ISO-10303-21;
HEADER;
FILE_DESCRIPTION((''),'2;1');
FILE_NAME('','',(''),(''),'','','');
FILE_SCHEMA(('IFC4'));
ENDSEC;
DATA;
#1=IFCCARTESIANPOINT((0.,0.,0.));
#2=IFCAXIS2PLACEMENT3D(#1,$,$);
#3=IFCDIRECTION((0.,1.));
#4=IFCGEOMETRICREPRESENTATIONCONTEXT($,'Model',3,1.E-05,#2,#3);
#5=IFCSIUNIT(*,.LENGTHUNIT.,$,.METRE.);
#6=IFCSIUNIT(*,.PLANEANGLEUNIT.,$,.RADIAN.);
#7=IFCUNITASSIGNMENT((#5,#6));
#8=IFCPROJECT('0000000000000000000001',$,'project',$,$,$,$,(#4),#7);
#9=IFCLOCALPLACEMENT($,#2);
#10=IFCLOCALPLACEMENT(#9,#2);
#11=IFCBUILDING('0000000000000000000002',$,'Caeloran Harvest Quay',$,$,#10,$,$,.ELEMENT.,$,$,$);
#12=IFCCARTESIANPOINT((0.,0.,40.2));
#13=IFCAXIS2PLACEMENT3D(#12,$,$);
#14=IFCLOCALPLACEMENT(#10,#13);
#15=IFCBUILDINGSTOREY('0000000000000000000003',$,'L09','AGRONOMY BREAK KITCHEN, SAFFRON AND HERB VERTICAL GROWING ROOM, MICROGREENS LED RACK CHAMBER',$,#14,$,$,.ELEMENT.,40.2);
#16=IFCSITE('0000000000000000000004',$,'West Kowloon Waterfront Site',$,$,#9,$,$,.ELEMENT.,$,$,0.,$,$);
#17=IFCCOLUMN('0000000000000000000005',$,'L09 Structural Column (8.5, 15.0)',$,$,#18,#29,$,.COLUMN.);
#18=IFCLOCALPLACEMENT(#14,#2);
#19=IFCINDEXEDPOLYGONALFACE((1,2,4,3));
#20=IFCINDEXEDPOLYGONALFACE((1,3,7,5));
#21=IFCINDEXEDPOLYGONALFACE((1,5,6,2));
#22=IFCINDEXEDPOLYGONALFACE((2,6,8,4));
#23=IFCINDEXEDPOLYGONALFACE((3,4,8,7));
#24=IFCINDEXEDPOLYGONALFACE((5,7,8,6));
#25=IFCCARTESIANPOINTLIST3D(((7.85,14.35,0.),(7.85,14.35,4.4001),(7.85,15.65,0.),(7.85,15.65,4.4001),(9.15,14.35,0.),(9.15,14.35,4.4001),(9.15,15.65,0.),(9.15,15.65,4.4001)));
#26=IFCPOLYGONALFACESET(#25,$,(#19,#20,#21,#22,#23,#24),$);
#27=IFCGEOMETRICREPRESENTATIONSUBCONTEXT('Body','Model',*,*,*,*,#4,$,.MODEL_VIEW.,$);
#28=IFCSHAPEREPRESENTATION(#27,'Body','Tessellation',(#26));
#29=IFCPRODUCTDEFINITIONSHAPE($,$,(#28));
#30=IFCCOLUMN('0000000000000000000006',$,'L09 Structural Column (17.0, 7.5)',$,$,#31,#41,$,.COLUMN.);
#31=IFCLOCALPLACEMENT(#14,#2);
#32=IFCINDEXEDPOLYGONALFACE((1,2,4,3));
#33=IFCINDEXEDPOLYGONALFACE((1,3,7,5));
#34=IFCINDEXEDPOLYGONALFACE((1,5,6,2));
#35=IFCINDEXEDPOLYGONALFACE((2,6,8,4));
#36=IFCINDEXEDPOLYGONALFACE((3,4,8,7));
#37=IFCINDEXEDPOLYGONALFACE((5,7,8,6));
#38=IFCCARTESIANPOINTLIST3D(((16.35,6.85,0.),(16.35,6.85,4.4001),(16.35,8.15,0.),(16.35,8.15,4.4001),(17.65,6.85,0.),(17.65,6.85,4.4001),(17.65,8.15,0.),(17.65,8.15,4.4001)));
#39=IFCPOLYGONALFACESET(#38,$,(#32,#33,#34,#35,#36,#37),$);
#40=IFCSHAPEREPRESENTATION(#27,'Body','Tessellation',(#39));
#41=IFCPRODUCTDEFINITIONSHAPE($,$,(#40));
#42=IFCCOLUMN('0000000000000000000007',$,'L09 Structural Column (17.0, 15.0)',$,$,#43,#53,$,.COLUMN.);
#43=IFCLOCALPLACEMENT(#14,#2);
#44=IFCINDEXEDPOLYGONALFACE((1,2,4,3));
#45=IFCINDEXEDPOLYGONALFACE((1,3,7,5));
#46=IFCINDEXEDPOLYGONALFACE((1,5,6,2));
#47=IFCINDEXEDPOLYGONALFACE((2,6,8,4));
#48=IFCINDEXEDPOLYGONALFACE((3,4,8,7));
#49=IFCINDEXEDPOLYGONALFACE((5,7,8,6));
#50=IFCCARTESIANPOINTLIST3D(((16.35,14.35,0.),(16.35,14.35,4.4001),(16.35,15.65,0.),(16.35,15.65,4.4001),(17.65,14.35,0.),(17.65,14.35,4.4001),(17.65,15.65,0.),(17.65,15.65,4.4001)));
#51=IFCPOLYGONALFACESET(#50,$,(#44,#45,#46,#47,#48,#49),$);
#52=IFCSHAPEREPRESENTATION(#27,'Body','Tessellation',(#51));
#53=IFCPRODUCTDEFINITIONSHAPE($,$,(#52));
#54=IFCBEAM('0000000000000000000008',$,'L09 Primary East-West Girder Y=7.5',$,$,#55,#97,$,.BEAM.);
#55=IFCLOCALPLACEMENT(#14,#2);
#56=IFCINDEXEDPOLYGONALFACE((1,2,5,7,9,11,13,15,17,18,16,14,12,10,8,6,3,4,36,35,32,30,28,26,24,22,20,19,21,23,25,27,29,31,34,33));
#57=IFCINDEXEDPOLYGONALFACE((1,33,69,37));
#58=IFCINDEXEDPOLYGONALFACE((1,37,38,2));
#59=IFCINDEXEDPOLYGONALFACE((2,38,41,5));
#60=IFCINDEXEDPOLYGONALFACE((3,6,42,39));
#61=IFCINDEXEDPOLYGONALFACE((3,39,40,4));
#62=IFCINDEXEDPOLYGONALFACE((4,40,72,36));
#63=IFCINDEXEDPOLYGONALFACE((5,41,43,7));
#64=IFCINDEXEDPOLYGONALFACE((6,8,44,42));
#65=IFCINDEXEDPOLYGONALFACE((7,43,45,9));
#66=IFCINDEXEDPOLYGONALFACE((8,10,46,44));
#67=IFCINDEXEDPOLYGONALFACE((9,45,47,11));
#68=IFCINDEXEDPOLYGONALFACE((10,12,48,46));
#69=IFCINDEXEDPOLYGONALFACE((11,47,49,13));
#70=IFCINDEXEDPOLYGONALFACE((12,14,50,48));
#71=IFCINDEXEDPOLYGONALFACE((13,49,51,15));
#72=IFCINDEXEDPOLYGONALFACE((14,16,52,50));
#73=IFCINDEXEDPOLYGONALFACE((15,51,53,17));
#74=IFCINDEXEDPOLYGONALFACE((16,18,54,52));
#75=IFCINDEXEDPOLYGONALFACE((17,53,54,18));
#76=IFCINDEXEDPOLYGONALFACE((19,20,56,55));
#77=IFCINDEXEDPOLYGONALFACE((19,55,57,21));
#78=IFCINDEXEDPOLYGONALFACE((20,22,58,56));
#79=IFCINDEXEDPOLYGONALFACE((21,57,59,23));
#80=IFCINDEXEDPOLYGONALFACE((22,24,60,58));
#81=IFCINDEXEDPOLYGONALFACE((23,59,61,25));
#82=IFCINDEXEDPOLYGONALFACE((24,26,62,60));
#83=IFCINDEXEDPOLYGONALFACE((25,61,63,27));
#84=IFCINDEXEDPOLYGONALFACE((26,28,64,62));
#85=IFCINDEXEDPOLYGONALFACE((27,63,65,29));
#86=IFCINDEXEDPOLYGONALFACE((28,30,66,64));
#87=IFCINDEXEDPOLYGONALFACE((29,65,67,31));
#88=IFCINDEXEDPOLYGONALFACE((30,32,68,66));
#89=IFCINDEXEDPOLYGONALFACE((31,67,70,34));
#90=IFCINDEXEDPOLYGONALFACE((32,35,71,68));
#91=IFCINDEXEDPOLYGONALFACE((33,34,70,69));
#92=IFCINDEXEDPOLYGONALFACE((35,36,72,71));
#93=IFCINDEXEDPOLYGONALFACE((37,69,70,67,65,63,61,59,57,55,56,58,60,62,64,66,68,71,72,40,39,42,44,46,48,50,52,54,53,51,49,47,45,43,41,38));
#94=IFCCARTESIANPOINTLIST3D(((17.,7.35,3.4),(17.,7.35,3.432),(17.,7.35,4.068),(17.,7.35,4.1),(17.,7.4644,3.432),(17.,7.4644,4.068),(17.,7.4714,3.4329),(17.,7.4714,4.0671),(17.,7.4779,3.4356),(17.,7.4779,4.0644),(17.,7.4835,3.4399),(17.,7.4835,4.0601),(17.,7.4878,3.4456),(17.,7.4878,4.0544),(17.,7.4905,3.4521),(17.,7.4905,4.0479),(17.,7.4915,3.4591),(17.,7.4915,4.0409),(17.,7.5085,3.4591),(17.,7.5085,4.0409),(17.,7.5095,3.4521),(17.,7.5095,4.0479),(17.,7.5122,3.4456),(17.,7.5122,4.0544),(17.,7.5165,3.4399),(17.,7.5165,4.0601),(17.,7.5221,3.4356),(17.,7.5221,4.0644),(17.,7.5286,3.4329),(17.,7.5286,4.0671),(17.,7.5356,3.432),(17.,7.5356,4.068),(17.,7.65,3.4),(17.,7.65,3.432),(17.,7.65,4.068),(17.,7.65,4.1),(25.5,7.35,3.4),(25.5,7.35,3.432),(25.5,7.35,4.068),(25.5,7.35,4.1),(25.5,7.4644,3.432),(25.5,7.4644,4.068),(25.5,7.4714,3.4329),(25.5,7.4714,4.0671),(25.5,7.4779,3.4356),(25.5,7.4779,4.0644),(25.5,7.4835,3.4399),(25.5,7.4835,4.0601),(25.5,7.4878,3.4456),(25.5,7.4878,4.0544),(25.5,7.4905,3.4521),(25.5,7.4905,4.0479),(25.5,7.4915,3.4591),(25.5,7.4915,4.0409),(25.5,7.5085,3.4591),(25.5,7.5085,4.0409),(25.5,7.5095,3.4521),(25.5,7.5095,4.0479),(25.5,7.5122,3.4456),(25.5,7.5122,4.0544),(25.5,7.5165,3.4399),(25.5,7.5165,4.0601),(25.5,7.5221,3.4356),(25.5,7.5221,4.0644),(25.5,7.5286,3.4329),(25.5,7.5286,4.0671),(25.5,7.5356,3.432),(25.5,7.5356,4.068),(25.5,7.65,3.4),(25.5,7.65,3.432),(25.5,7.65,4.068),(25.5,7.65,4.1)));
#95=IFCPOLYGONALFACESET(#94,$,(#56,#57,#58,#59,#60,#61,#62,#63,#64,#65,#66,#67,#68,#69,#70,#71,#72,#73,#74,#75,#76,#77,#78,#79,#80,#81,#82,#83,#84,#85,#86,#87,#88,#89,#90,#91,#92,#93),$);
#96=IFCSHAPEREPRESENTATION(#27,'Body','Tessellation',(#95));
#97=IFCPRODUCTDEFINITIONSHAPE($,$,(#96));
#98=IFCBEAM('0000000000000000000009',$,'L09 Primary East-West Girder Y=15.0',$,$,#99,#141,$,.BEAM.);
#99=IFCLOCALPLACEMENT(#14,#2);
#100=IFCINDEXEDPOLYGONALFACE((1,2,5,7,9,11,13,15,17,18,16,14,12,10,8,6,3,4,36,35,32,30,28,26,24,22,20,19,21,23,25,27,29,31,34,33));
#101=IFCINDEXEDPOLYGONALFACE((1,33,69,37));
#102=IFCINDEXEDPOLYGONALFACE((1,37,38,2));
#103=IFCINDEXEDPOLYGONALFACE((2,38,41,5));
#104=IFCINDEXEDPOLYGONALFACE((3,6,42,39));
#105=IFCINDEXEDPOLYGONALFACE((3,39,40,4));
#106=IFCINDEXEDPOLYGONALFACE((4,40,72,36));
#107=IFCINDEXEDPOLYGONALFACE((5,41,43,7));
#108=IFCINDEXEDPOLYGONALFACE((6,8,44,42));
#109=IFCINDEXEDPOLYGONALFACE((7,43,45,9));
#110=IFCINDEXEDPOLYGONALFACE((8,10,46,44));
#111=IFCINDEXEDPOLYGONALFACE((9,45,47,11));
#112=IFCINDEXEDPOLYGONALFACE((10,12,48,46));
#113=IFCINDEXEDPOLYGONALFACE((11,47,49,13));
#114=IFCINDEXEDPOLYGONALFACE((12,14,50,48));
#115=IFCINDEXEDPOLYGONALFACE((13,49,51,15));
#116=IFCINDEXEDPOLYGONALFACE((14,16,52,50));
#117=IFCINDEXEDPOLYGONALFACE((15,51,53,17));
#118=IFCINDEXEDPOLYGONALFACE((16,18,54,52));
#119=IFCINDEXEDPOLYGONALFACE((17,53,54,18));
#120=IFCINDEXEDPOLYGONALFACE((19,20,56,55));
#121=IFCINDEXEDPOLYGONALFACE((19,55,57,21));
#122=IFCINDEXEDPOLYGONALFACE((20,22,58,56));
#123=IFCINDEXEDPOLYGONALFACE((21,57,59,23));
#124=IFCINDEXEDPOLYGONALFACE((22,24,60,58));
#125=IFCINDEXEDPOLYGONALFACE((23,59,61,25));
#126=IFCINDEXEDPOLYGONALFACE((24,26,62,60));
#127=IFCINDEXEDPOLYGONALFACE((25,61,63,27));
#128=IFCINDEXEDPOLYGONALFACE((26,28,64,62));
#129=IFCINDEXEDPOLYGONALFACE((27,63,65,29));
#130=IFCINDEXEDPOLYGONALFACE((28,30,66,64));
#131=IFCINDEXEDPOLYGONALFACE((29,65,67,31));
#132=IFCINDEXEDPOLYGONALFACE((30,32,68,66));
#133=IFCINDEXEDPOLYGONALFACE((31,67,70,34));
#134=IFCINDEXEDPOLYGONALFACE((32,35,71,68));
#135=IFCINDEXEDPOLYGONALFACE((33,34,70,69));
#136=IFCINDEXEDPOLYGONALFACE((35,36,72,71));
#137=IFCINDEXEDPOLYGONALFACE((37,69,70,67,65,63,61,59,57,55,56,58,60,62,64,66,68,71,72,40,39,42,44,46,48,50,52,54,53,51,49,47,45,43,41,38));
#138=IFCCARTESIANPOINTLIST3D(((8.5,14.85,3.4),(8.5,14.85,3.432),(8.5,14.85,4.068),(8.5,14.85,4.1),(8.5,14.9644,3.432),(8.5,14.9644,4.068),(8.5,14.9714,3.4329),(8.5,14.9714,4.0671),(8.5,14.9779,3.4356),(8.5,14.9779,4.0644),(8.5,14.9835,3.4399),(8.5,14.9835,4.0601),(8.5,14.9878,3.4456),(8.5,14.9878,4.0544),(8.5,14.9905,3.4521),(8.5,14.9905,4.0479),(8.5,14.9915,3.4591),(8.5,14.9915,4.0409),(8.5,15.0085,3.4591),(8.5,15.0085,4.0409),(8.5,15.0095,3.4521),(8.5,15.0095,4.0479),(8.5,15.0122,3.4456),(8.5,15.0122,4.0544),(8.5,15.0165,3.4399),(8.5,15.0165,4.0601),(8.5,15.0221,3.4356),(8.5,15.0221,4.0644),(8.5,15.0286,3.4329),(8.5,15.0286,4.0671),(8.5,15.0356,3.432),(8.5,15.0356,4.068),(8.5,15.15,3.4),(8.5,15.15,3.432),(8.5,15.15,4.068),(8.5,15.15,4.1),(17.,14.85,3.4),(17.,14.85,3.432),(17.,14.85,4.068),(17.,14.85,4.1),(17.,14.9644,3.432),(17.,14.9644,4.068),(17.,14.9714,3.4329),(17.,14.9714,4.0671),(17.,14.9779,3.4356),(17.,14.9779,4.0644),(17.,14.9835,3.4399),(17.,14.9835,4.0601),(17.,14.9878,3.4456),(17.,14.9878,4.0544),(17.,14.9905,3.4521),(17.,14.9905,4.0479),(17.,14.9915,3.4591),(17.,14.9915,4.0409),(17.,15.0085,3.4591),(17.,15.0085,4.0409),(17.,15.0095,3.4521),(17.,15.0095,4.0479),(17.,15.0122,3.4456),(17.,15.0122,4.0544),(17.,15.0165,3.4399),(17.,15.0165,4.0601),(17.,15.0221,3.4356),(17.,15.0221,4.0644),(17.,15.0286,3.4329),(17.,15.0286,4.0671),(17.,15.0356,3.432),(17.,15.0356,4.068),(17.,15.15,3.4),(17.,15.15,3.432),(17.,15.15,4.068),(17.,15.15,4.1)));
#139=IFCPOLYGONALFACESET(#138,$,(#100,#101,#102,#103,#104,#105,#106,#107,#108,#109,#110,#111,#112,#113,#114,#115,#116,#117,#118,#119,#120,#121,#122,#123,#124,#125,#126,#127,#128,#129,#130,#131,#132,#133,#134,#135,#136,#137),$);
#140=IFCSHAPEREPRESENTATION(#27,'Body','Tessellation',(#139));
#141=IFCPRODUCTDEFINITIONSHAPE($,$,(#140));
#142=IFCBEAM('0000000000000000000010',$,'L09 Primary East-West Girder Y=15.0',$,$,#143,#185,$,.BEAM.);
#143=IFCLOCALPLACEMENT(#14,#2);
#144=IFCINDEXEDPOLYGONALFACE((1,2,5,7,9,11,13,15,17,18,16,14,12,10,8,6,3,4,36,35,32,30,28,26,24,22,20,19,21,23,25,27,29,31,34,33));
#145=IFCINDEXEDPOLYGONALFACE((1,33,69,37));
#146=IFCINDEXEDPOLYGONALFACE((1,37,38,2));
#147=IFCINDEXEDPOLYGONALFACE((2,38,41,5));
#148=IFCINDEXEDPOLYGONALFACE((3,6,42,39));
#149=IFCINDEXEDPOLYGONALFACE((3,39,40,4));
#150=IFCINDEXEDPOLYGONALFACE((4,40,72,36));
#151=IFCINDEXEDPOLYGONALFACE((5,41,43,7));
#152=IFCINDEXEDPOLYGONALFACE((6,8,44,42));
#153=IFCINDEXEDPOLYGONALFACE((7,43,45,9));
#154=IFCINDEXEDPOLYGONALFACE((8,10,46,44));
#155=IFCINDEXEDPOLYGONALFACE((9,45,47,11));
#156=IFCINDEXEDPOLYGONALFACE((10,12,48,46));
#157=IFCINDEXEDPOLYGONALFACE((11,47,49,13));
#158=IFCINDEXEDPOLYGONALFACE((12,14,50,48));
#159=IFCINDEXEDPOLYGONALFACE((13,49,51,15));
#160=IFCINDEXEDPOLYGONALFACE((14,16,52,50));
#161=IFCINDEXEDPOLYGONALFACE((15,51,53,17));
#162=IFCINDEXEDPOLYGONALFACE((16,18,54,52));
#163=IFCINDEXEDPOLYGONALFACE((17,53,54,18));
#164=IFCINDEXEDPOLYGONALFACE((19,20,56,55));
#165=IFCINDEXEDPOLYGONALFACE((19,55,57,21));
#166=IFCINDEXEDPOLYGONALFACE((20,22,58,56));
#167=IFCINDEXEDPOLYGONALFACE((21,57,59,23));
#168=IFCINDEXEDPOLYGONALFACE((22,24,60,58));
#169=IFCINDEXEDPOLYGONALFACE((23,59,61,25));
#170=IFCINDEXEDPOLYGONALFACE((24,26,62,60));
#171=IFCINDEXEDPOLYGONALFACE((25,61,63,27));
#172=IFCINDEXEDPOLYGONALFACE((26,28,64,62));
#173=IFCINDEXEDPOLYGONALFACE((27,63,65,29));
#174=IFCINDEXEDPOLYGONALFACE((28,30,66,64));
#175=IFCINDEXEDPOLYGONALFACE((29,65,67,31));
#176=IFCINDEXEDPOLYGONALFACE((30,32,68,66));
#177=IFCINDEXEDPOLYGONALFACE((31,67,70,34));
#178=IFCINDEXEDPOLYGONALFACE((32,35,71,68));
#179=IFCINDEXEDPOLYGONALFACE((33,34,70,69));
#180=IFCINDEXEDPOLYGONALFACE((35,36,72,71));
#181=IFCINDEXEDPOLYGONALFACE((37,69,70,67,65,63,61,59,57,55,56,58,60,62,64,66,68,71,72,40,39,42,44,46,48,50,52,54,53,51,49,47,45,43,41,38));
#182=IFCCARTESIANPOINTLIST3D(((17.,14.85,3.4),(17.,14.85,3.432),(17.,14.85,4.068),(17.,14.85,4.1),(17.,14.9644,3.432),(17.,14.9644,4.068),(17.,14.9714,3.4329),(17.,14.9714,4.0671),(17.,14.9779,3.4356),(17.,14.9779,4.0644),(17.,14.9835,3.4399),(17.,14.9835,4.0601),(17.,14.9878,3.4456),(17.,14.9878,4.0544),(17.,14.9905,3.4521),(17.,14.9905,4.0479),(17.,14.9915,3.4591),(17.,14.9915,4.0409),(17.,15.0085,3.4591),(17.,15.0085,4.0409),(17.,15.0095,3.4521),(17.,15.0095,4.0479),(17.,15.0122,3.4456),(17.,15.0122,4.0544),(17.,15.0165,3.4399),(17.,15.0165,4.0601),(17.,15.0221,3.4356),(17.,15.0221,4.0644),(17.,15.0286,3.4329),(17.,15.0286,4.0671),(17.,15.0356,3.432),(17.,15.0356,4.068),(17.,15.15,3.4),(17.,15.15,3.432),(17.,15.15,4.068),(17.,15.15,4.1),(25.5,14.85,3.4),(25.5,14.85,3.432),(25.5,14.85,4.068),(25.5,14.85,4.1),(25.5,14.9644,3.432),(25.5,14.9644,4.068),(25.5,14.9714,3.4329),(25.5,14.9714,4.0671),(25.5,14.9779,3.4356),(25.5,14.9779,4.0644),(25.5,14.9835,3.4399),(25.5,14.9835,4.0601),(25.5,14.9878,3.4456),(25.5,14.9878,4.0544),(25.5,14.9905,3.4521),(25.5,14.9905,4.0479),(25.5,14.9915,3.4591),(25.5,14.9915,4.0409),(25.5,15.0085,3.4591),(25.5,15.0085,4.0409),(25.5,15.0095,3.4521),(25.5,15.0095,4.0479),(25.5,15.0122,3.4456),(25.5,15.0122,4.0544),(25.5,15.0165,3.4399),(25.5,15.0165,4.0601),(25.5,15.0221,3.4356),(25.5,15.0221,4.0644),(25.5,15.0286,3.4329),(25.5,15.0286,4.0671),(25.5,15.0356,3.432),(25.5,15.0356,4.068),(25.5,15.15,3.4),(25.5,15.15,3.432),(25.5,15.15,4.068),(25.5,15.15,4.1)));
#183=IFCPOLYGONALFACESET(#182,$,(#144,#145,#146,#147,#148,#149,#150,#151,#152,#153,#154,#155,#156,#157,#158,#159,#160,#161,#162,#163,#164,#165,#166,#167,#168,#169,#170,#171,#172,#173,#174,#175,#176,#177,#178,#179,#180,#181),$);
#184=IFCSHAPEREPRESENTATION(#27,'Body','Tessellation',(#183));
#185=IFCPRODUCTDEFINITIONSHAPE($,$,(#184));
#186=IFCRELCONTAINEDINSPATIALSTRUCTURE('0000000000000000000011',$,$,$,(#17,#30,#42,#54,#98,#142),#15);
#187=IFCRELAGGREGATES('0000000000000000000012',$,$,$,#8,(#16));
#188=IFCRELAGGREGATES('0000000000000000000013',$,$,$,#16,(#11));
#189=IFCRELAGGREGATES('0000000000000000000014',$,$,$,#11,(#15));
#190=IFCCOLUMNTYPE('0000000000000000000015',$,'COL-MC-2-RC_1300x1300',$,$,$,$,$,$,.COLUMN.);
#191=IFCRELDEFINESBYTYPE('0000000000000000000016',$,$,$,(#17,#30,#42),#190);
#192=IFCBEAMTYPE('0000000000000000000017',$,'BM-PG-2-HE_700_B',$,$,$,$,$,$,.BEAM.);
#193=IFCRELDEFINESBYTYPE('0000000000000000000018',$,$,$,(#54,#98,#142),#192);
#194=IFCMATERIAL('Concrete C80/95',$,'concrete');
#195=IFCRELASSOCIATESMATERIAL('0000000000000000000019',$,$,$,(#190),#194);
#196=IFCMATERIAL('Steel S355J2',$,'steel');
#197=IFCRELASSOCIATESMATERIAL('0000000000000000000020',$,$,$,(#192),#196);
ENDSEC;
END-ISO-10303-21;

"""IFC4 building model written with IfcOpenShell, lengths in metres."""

from ifc_helpers import new_model, si_unit, direction, frame, origin, origin_2d, place, context, subcontext, project, spatial, rectangle, i_section, extrude, material, material_profile, profile_set, type_object, element, save


model = new_model("IFC4")

# Units and contexts
model_context = context("Model", 3, precision=1e-05, world=origin(), true_north=direction((0.0, 1.0)))
body_context = subcontext(model_context, "Body", "Model", "MODEL_VIEW")
ifc_project = project(units=[si_unit("LENGTHUNIT", "METRE"), si_unit("PLANEANGLEUNIT", "RADIAN")], contexts=[model_context])

# Site, building, storey
site_placement = place(None, origin())
site = spatial("IfcSite", under=ifc_project, at=site_placement, Name="West Kowloon Waterfront Site", CompositionType="ELEMENT", RefElevation=0.0)
building_placement = place(site_placement, origin())
building = spatial("IfcBuilding", under=site, at=building_placement, Name="Caeloran Harvest Quay", CompositionType="ELEMENT")
storey_placement = place(building_placement, frame((0.0, 0.0, 40.2)))
storey = spatial("IfcBuildingStorey", under=building, at=storey_placement, Name="L09", Description="AGRONOMY BREAK KITCHEN, SAFFRON AND HERB VERTICAL GROWING ROOM, MICROGREENS LED RACK CHAMBER", CompositionType="ELEMENT", Elevation=40.2)

# Columns
ifc_material_1 = material(Name="Concrete C80/95", Category="concrete")
ifc_material_profile_1 = material_profile(ifc_material_1, rectangle(XDim=1.3, YDim=1.3, at=origin_2d()), Name="RC 1300x1300")
ifc_profile_set_1 = profile_set([ifc_material_profile_1], Name="Concrete C80/95")
column_type = type_object("IfcColumnType", Name="COL-MC-2-RC_1300x1300", PredefinedType="COLUMN", material=ifc_profile_set_1)
for number, where, z_axis, x_axis, name in (
    (1, (8.5, 15.0, 0.0), (0.0, 0.0, 1.0), (1.0, 0.0, 0.0), "L09 Structural Column (8.5, 15.0)"),
    (2, (17.0, 7.5, 0.0), (0.0, 0.0, 1.0), (1.0, 0.0, 0.0), "L09 Structural Column (17.0, 7.5)"),
    (3, (17.0, 15.0, 0.0), (0.0, 0.0, 1.0), (1.0, 0.0, 0.0), "L09 Structural Column (17.0, 15.0)"),
):
    element("IfcColumn", number, at=place(storey_placement, frame(where, z_axis=z_axis, x_axis=x_axis)), inside=storey, type_object=column_type, Name=name, PredefinedType="COLUMN", context=body_context, shape_type="SweptSolid", body=[
        extrude(rectangle(XDim=1.3, YDim=1.3, at=origin_2d()), origin(), (0.0, 0.0, 1.0), 4.4001),
    ])

# Beams
ifc_material_2 = material(Name="Steel S355J2", Category="steel")
ifc_material_profile_2 = material_profile(ifc_material_2, i_section(OverallWidth=0.3, OverallDepth=0.7, WebThickness=0.0171, FlangeThickness=0.032, FilletRadius=0.0271, at=origin_2d()), Name="HE 700 B")
ifc_profile_set_2 = profile_set([ifc_material_profile_2], Name="Steel S355J2")
beam_type_1 = type_object("IfcBeamType", Name="BM-PG-2-HE_700_B", PredefinedType="BEAM", material=ifc_profile_set_2)
for number, where, z_axis, x_axis, name in (
    (4, (17.0, 7.5, 3.75), (1.0, 0.0, 0.0), (0.0, 1.0, 0.0), "L09 Primary East-West Girder Y=7.5"),
    (5, (8.5, 15.0, 3.75), (1.0, 0.0, 0.0), (0.0, 1.0, 0.0), "L09 Primary East-West Girder Y=15.0"),
    (6, (17.0, 15.0, 3.75), (1.0, 0.0, 0.0), (0.0, 1.0, 0.0), "L09 Primary East-West Girder Y=15.0"),
):
    element("IfcBeam", number, at=place(storey_placement, frame(where, z_axis=z_axis, x_axis=x_axis)), inside=storey, type_object=beam_type_1, Name=name, PredefinedType="BEAM", context=body_context, shape_type="SweptSolid", body=[
        extrude(i_section(OverallWidth=0.3, OverallDepth=0.7, WebThickness=0.0171, FlangeThickness=0.032, FilletRadius=0.0271, at=origin_2d()), origin(), (0.0, 0.0, 1.0), 8.5),
    ])

save(model, "model.ifc")
